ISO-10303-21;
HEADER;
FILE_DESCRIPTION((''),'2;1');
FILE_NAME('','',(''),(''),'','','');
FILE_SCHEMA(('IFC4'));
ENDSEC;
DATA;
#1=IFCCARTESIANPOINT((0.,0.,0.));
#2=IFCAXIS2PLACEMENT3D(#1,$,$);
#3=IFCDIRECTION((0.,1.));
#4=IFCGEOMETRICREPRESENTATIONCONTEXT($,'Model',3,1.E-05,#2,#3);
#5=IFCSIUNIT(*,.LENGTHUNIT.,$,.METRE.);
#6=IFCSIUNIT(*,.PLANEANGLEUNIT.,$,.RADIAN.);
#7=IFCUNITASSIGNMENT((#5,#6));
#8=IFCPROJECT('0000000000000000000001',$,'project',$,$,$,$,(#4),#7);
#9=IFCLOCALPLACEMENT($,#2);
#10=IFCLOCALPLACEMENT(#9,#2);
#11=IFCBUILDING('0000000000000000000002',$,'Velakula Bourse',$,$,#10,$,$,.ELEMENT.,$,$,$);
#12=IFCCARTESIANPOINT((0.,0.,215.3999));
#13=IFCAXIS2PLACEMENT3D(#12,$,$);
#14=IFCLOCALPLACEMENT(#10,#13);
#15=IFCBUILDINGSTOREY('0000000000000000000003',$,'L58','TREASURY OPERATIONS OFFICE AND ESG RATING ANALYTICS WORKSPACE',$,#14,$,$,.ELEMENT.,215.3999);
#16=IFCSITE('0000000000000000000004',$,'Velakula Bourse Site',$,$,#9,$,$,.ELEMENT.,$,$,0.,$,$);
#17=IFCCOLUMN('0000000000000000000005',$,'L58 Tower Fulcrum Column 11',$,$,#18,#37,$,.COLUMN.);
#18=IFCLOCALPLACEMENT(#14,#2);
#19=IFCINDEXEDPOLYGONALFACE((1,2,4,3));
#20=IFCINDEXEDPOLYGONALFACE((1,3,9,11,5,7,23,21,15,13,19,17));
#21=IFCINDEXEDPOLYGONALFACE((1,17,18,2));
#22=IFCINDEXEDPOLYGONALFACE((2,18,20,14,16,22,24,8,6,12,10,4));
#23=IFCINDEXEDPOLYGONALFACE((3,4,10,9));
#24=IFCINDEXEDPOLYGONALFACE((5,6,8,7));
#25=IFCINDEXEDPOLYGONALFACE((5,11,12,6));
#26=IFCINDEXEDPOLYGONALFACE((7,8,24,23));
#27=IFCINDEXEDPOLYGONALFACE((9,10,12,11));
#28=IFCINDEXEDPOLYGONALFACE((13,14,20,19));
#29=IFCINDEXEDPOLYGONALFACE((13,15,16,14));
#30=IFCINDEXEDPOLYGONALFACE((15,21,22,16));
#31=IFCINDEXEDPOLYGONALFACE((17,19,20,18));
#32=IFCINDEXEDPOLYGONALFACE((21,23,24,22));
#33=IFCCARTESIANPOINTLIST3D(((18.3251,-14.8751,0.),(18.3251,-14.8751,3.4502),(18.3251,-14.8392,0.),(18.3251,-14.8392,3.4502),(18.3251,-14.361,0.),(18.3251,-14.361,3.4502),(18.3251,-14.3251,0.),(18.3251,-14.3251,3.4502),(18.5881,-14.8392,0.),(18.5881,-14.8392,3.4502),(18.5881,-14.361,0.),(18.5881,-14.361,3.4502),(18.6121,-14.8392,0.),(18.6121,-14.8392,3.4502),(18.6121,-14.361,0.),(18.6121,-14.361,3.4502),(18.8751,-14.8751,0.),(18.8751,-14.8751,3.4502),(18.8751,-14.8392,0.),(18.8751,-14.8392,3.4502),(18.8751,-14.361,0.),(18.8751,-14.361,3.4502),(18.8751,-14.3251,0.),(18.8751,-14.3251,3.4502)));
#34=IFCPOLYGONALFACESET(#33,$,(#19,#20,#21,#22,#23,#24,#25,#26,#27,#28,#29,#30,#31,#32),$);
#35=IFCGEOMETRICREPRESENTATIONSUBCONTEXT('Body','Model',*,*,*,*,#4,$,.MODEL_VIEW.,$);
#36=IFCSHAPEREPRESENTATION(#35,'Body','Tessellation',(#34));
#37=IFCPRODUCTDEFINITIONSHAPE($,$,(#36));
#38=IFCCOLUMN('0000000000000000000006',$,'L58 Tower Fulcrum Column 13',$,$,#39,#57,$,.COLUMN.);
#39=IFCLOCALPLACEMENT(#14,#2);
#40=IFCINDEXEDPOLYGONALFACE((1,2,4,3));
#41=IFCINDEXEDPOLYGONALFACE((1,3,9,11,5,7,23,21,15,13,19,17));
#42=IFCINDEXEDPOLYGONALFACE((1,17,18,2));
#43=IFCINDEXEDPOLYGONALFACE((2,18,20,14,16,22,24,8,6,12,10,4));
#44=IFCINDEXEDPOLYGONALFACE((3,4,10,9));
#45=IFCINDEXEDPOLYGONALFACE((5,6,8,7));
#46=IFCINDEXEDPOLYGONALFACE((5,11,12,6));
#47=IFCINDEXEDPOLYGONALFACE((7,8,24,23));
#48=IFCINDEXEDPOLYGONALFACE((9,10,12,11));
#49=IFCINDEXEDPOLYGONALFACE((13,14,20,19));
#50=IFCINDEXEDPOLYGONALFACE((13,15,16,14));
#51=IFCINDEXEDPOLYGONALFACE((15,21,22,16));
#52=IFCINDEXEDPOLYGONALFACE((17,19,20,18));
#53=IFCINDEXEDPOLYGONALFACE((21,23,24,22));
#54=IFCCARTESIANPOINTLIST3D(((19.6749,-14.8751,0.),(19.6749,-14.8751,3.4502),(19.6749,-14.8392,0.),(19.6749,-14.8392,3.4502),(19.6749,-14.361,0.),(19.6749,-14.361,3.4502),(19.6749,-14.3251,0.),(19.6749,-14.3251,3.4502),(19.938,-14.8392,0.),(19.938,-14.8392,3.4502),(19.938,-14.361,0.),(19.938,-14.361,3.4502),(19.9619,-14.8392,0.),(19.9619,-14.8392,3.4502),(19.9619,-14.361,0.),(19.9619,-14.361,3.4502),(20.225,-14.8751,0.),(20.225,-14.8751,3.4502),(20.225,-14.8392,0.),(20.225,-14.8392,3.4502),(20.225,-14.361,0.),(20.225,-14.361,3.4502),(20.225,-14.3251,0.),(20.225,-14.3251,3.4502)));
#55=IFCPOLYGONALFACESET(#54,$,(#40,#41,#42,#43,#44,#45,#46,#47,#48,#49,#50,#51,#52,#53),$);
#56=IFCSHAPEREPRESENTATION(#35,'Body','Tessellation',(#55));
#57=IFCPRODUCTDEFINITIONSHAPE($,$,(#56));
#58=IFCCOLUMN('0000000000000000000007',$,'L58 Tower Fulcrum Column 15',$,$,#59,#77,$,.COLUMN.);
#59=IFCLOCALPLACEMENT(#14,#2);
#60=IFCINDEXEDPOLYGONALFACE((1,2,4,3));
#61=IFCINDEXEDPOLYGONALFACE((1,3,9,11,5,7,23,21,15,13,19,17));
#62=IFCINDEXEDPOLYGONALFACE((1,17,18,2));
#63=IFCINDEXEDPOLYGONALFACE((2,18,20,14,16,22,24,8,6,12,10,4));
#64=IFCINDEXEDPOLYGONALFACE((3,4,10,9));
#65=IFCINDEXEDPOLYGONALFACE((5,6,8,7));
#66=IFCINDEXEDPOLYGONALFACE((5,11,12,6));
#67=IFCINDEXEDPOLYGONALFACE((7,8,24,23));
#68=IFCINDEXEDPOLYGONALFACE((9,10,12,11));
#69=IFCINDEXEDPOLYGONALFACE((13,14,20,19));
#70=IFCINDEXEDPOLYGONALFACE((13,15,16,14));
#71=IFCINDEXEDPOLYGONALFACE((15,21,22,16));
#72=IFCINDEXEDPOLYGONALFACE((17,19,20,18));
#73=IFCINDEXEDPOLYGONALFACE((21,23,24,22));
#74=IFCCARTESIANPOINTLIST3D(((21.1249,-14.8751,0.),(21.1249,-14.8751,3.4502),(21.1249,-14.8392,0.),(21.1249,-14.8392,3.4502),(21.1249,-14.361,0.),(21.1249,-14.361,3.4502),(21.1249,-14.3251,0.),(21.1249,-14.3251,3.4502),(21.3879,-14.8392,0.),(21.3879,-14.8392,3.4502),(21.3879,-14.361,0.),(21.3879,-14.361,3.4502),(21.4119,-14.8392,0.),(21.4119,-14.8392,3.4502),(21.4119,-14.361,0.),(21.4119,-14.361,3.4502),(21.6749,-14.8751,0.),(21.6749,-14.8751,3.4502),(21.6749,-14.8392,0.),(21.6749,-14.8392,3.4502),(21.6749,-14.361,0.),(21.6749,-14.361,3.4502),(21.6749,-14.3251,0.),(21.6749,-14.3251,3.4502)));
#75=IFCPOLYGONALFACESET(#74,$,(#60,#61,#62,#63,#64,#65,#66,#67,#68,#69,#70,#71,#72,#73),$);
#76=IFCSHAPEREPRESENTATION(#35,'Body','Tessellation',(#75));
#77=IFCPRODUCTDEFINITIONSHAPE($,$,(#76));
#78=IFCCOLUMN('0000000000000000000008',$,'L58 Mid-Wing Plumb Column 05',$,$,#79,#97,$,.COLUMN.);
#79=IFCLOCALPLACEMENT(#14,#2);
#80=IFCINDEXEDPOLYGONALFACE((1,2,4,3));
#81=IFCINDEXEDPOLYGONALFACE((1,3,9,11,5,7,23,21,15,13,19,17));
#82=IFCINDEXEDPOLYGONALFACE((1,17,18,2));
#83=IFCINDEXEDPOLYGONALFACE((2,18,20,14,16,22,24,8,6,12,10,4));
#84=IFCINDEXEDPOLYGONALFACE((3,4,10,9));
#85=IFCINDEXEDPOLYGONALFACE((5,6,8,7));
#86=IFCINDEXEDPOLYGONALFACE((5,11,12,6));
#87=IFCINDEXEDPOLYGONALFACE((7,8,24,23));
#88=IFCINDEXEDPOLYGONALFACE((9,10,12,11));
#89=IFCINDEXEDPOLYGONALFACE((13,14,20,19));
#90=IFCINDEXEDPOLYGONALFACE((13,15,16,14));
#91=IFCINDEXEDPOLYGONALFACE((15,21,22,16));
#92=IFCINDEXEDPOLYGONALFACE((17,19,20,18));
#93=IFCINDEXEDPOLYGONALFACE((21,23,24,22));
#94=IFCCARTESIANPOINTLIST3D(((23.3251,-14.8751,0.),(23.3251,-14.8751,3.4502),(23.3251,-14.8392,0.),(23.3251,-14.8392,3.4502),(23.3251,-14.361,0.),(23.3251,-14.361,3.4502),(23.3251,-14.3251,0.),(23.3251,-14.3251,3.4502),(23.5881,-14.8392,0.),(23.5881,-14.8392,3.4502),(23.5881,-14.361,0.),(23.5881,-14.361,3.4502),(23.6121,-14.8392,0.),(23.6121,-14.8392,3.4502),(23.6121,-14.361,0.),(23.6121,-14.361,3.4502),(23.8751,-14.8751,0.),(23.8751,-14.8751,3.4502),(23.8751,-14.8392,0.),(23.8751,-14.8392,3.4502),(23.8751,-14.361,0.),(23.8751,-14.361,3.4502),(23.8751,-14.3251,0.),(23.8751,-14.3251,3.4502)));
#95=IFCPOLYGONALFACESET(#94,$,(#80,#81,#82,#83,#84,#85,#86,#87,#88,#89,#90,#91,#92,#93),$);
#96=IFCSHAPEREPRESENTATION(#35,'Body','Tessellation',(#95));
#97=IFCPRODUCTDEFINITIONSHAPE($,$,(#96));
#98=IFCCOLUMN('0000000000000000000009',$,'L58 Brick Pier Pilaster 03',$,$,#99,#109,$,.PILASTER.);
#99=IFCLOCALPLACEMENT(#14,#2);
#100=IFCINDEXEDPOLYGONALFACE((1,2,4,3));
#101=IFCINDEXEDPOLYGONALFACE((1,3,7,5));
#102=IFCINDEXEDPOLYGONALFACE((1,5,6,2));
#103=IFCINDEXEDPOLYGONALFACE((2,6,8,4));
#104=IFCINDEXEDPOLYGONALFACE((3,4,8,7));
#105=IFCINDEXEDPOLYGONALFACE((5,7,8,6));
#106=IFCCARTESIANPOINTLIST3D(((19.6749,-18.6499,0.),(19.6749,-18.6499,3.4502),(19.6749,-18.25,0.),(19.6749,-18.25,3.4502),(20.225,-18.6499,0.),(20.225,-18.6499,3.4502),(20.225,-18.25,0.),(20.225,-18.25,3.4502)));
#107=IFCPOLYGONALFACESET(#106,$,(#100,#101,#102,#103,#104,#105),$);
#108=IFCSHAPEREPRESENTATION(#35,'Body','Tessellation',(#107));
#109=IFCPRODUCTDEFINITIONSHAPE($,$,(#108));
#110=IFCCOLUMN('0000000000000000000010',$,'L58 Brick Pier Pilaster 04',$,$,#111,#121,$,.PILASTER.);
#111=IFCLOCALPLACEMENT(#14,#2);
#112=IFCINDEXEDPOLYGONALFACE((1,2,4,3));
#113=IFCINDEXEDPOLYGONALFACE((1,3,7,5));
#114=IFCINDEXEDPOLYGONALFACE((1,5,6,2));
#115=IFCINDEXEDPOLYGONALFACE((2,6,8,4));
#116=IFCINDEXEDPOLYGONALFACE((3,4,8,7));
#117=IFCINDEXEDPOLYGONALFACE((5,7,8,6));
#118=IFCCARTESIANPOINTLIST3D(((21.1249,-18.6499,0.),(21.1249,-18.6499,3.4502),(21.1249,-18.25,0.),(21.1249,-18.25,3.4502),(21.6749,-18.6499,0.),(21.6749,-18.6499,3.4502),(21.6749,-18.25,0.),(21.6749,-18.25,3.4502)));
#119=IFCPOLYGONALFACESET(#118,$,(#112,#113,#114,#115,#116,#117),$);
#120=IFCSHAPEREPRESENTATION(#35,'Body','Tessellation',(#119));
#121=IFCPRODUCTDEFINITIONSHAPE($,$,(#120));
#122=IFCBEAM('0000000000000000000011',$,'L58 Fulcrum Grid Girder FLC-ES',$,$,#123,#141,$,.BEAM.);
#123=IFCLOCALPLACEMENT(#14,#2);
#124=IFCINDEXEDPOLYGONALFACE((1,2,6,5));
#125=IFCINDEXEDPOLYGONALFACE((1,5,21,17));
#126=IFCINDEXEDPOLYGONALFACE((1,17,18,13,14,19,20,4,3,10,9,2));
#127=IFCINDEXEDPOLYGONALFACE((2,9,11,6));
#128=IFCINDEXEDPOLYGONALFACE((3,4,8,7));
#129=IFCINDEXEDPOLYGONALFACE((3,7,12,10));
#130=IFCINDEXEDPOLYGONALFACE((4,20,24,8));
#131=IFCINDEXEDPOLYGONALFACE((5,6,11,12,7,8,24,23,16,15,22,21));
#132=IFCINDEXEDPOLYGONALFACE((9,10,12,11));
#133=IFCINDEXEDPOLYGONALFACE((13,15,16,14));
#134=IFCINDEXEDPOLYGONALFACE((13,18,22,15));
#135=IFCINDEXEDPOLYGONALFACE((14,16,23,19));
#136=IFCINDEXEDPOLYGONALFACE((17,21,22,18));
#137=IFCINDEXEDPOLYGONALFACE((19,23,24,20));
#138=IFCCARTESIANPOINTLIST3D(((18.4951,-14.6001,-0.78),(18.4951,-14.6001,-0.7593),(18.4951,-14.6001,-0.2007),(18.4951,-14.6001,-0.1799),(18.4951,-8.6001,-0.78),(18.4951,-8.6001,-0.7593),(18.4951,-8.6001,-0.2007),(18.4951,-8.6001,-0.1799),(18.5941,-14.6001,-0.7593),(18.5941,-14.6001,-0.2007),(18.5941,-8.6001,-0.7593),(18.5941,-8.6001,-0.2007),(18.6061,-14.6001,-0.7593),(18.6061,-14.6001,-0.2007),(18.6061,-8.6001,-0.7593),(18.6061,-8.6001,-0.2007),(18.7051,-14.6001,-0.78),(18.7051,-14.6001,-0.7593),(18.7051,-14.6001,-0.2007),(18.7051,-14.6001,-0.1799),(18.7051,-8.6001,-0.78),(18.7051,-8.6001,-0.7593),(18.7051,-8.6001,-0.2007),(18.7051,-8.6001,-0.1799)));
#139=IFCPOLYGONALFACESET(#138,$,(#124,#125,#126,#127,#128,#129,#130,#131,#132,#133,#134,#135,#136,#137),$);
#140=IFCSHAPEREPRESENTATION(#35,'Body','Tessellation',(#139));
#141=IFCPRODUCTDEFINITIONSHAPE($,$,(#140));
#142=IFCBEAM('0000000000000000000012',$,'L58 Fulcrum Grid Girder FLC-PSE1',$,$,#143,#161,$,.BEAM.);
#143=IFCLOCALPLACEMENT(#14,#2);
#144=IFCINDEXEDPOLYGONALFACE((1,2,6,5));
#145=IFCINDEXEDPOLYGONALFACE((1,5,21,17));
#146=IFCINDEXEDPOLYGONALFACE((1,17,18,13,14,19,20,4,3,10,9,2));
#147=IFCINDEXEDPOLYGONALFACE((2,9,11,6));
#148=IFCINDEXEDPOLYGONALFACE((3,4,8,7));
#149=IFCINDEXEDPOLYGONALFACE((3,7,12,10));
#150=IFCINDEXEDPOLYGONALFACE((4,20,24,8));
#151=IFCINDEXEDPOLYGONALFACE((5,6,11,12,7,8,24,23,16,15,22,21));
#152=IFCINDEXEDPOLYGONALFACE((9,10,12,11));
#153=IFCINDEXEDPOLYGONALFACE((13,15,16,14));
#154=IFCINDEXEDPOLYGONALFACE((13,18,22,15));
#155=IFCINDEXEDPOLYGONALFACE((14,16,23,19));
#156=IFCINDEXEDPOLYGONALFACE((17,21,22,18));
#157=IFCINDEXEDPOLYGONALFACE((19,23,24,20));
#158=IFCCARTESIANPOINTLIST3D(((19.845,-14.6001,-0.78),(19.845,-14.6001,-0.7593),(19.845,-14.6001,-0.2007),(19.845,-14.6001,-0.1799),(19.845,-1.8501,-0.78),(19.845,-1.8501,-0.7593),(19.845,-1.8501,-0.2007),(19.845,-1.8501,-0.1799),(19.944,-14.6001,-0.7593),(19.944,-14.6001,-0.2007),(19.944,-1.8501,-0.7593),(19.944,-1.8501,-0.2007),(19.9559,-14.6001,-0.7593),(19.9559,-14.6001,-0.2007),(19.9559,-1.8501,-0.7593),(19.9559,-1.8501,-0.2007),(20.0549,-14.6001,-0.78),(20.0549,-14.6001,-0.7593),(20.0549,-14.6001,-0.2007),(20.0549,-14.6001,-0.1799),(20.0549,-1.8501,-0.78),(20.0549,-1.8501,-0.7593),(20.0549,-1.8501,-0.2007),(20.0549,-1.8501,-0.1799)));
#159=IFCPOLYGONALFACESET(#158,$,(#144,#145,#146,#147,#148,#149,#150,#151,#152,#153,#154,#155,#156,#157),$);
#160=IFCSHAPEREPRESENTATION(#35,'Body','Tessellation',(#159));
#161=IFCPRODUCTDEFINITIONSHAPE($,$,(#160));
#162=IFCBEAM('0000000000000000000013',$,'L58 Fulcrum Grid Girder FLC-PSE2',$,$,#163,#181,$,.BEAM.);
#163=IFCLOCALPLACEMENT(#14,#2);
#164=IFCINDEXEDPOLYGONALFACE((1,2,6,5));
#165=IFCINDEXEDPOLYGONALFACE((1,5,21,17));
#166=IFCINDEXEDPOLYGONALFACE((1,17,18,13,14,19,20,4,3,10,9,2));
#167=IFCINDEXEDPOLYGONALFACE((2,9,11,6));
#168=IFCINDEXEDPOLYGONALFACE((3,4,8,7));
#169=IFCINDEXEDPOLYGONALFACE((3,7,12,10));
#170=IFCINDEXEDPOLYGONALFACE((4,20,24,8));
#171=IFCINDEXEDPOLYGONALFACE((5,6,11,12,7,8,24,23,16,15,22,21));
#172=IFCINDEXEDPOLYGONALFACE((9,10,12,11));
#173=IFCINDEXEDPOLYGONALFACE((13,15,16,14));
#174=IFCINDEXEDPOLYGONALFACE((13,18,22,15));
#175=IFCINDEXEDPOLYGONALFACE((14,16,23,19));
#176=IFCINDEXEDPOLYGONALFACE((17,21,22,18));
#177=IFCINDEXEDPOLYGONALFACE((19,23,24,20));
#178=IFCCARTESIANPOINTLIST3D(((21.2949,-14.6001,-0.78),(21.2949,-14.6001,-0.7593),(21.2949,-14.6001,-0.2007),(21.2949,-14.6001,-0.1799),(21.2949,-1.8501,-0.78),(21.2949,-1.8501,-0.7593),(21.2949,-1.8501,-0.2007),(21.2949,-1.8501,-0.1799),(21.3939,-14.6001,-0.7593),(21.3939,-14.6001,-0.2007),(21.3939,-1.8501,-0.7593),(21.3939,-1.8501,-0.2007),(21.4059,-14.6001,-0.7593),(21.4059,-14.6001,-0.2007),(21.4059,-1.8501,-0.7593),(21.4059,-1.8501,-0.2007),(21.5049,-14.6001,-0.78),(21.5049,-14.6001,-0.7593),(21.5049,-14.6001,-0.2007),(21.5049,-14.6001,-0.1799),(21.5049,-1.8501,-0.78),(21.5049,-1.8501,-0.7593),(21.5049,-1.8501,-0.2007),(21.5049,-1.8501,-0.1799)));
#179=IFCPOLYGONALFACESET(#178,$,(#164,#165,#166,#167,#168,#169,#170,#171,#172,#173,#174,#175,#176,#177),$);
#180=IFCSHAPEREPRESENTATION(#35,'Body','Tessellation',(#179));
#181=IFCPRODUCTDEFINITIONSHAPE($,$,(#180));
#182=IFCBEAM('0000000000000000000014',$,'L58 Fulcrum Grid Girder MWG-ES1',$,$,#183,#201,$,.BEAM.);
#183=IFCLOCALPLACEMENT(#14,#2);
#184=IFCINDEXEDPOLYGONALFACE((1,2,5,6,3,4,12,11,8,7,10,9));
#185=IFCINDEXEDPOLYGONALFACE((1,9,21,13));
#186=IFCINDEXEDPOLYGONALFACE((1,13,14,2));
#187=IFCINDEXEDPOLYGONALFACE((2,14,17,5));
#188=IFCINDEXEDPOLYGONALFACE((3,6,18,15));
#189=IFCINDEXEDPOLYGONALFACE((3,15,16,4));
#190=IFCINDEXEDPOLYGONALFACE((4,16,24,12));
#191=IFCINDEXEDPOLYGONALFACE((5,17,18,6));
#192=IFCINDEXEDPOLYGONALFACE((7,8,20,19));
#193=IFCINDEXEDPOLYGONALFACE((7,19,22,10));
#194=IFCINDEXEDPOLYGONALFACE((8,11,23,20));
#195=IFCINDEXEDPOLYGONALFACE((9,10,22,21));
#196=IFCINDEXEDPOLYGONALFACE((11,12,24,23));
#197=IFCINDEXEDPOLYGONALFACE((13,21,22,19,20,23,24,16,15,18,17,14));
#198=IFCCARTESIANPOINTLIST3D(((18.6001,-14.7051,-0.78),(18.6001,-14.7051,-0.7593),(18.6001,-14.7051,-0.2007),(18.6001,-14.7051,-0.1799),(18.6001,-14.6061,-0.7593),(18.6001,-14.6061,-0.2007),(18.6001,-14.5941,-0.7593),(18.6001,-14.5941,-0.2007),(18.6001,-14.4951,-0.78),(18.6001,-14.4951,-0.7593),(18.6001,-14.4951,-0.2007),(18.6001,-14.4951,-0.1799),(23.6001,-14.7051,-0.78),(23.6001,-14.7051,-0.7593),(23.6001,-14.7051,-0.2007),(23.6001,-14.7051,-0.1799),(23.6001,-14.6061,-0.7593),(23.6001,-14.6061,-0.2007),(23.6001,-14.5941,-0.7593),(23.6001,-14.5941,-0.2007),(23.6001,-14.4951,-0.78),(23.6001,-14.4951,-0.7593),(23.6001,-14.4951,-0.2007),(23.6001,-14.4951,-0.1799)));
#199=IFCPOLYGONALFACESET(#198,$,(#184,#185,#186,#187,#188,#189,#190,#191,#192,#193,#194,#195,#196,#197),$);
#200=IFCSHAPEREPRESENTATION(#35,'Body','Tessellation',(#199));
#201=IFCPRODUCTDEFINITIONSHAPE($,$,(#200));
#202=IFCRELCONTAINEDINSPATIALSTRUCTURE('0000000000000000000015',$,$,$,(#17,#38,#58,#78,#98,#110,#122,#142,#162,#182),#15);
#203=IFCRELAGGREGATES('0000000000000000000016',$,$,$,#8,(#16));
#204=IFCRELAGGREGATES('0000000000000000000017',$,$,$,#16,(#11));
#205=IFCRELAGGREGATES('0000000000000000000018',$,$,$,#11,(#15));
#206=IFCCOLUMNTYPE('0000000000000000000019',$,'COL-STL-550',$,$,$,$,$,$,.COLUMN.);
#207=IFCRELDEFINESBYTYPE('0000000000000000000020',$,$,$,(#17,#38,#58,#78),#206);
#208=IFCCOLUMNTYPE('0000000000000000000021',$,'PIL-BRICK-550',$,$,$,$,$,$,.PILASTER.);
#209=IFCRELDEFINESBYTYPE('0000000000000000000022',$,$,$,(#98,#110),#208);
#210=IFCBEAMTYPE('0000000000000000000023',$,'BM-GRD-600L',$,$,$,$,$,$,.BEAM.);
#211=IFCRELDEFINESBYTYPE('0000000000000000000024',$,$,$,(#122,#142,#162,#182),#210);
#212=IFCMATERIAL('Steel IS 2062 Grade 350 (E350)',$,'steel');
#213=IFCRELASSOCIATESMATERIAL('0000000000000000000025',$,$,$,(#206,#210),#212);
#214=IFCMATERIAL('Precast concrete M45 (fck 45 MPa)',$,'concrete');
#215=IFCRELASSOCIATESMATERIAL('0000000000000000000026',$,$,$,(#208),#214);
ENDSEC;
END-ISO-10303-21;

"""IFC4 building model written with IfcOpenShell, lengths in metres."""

from ifc_helpers import new_model, si_unit, direction, frame, origin, origin_2d, place, context, subcontext, project, spatial, rectangle, i_section, extrude, material, material_profile, profile_set, type_object, element, save


model = new_model("IFC4")

# Units and contexts
model_context = context("Model", 3, precision=1e-05, world=origin(), true_north=direction((0.0, 1.0)))
body_context = subcontext(model_context, "Body", "Model", "MODEL_VIEW")
ifc_project = project(units=[si_unit("LENGTHUNIT", "METRE"), si_unit("PLANEANGLEUNIT", "RADIAN")], contexts=[model_context])

# Site, building, storey
site_placement = place(None, origin())
site = spatial("IfcSite", under=ifc_project, at=site_placement, Name="Velakula Bourse Site", CompositionType="ELEMENT", RefElevation=0.0)
building_placement = place(site_placement, origin())
building = spatial("IfcBuilding", under=site, at=building_placement, Name="Velakula Bourse", CompositionType="ELEMENT")
storey_placement = place(building_placement, frame((0.0, 0.0, 215.3999)))
storey = spatial("IfcBuildingStorey", under=building, at=storey_placement, Name="L58", Description="TREASURY OPERATIONS OFFICE AND ESG RATING ANALYTICS WORKSPACE", CompositionType="ELEMENT", Elevation=215.3999)

# Columns
ifc_material_1 = material(Name="Steel IS 2062 Grade 350 (E350)", Category="steel")
ifc_material_profile_1 = material_profile(ifc_material_1, i_section(OverallWidth=0.55, OverallDepth=0.55, WebThickness=0.0239, FlangeThickness=0.0359, at=origin_2d()), Name="Steel IS 2062 Grade 350 (E350)")
ifc_profile_set_1 = profile_set([ifc_material_profile_1], Name="Steel IS 2062 Grade 350 (E350)")
column_type_1 = type_object("IfcColumnType", Name="COL-STL-550", PredefinedType="COLUMN", material=ifc_profile_set_1)
for number, where, z_axis, x_axis, name in (
    (1, (18.6001, -14.6001, 0.0), (0.0, 0.0, 1.0), (1.0, 0.0, 0.0), "L58 Tower Fulcrum Column 11"),
    (2, (19.95, -14.6001, 0.0), (0.0, 0.0, 1.0), (1.0, 0.0, 0.0), "L58 Tower Fulcrum Column 13"),
    (3, (21.3999, -14.6001, 0.0), (0.0, 0.0, 1.0), (1.0, 0.0, 0.0), "L58 Tower Fulcrum Column 15"),
    (4, (23.6001, -14.6001, 0.0), (0.0, 0.0, 1.0), (1.0, 0.0, 0.0), "L58 Mid-Wing Plumb Column 05"),
):
    element("IfcColumn", number, at=place(storey_placement, frame(where, z_axis=z_axis, x_axis=x_axis)), inside=storey, type_object=column_type_1, Name=name, PredefinedType="COLUMN", context=body_context, shape_type="SweptSolid", body=[
        extrude(i_section(OverallWidth=0.55, OverallDepth=0.55, WebThickness=0.0239, FlangeThickness=0.0359, at=origin_2d()), origin(), (0.0, 0.0, 1.0), 3.4502),
    ])
ifc_material_2 = material(Name="Precast concrete M45 (fck 45 MPa)", Category="concrete")
ifc_material_profile_2 = material_profile(ifc_material_2, rectangle(XDim=0.55, YDim=0.3999, at=origin_2d()), Name="Precast concrete M45 (fck 45 MPa)")
ifc_profile_set_2 = profile_set([ifc_material_profile_2], Name="Precast concrete M45 (fck 45 MPa)")
column_type_2 = type_object("IfcColumnType", Name="PIL-BRICK-550", PredefinedType="PILASTER", material=ifc_profile_set_2)
for number, where, z_axis, x_axis, name in (
    (5, (19.95, -18.45, 0.0), (0.0, 0.0, 1.0), (1.0, 0.0, 0.0), "L58 Brick Pier Pilaster 03"),
    (6, (21.3999, -18.45, 0.0), (0.0, 0.0, 1.0), (1.0, 0.0, 0.0), "L58 Brick Pier Pilaster 04"),
):
    element("IfcColumn", number, at=place(storey_placement, frame(where, z_axis=z_axis, x_axis=x_axis)), inside=storey, type_object=column_type_2, Name=name, PredefinedType="PILASTER", context=body_context, shape_type="SweptSolid", body=[
        extrude(rectangle(XDim=0.55, YDim=0.3999, at=origin_2d()), origin(), (0.0, 0.0, 1.0), 3.4502),
    ])

# Beams
ifc_material_profile_3 = material_profile(ifc_material_1, i_section(OverallWidth=0.21, OverallDepth=0.6001, WebThickness=0.012, FlangeThickness=0.0208, at=origin_2d()), Name="Steel IS 2062 Grade 350 (E350)")
ifc_profile_set_3 = profile_set([ifc_material_profile_3], Name="Steel IS 2062 Grade 350 (E350)")
beam_type_1 = type_object("IfcBeamType", Name="BM-GRD-600L", PredefinedType="BEAM", material=ifc_profile_set_3)
beam_1_placement = place(storey_placement, frame((18.6001, -14.6001, -0.48), z_axis=(0.0, 1.0, 0.0), x_axis=(-1.0, 0.0, 0.0)))
element("IfcBeam", 7, at=beam_1_placement, inside=storey, type_object=beam_type_1, Name="L58 Fulcrum Grid Girder FLC-ES", PredefinedType="BEAM", context=body_context, shape_type="SweptSolid", body=[
    extrude(i_section(OverallWidth=0.21, OverallDepth=0.6001, WebThickness=0.012, FlangeThickness=0.0208, at=origin_2d()), origin(), (0.0, 0.0, 1.0), 6.0),
])
for number, where, z_axis, x_axis, name in (
    (8, (19.95, -14.6001, -0.48), (0.0, 1.0, 0.0), (-1.0, 0.0, 0.0), "L58 Fulcrum Grid Girder FLC-PSE1"),
    (9, (21.3999, -14.6001, -0.48), (0.0, 1.0, 0.0), (-1.0, 0.0, 0.0), "L58 Fulcrum Grid Girder FLC-PSE2"),
):
    element("IfcBeam", number, at=place(storey_placement, frame(where, z_axis=z_axis, x_axis=x_axis)), inside=storey, type_object=beam_type_1, Name=name, PredefinedType="BEAM", context=body_context, shape_type="SweptSolid", body=[
        extrude(i_section(OverallWidth=0.21, OverallDepth=0.6001, WebThickness=0.012, FlangeThickness=0.0208, at=origin_2d()), origin(), (0.0, 0.0, 1.0), 12.75),
    ])
beam_2_placement = place(storey_placement, frame((18.6001, -14.6001, -0.48), z_axis=(1.0, 0.0, 0.0), x_axis=(0.0, 1.0, 0.0)))
element("IfcBeam", 10, at=beam_2_placement, inside=storey, type_object=beam_type_1, Name="L58 Fulcrum Grid Girder MWG-ES1", PredefinedType="BEAM", context=body_context, shape_type="SweptSolid", body=[
    extrude(i_section(OverallWidth=0.21, OverallDepth=0.6001, WebThickness=0.012, FlangeThickness=0.0208, at=origin_2d()), origin(), (0.0, 0.0, 1.0), 5.0),
])

save(model, "model.ifc")
